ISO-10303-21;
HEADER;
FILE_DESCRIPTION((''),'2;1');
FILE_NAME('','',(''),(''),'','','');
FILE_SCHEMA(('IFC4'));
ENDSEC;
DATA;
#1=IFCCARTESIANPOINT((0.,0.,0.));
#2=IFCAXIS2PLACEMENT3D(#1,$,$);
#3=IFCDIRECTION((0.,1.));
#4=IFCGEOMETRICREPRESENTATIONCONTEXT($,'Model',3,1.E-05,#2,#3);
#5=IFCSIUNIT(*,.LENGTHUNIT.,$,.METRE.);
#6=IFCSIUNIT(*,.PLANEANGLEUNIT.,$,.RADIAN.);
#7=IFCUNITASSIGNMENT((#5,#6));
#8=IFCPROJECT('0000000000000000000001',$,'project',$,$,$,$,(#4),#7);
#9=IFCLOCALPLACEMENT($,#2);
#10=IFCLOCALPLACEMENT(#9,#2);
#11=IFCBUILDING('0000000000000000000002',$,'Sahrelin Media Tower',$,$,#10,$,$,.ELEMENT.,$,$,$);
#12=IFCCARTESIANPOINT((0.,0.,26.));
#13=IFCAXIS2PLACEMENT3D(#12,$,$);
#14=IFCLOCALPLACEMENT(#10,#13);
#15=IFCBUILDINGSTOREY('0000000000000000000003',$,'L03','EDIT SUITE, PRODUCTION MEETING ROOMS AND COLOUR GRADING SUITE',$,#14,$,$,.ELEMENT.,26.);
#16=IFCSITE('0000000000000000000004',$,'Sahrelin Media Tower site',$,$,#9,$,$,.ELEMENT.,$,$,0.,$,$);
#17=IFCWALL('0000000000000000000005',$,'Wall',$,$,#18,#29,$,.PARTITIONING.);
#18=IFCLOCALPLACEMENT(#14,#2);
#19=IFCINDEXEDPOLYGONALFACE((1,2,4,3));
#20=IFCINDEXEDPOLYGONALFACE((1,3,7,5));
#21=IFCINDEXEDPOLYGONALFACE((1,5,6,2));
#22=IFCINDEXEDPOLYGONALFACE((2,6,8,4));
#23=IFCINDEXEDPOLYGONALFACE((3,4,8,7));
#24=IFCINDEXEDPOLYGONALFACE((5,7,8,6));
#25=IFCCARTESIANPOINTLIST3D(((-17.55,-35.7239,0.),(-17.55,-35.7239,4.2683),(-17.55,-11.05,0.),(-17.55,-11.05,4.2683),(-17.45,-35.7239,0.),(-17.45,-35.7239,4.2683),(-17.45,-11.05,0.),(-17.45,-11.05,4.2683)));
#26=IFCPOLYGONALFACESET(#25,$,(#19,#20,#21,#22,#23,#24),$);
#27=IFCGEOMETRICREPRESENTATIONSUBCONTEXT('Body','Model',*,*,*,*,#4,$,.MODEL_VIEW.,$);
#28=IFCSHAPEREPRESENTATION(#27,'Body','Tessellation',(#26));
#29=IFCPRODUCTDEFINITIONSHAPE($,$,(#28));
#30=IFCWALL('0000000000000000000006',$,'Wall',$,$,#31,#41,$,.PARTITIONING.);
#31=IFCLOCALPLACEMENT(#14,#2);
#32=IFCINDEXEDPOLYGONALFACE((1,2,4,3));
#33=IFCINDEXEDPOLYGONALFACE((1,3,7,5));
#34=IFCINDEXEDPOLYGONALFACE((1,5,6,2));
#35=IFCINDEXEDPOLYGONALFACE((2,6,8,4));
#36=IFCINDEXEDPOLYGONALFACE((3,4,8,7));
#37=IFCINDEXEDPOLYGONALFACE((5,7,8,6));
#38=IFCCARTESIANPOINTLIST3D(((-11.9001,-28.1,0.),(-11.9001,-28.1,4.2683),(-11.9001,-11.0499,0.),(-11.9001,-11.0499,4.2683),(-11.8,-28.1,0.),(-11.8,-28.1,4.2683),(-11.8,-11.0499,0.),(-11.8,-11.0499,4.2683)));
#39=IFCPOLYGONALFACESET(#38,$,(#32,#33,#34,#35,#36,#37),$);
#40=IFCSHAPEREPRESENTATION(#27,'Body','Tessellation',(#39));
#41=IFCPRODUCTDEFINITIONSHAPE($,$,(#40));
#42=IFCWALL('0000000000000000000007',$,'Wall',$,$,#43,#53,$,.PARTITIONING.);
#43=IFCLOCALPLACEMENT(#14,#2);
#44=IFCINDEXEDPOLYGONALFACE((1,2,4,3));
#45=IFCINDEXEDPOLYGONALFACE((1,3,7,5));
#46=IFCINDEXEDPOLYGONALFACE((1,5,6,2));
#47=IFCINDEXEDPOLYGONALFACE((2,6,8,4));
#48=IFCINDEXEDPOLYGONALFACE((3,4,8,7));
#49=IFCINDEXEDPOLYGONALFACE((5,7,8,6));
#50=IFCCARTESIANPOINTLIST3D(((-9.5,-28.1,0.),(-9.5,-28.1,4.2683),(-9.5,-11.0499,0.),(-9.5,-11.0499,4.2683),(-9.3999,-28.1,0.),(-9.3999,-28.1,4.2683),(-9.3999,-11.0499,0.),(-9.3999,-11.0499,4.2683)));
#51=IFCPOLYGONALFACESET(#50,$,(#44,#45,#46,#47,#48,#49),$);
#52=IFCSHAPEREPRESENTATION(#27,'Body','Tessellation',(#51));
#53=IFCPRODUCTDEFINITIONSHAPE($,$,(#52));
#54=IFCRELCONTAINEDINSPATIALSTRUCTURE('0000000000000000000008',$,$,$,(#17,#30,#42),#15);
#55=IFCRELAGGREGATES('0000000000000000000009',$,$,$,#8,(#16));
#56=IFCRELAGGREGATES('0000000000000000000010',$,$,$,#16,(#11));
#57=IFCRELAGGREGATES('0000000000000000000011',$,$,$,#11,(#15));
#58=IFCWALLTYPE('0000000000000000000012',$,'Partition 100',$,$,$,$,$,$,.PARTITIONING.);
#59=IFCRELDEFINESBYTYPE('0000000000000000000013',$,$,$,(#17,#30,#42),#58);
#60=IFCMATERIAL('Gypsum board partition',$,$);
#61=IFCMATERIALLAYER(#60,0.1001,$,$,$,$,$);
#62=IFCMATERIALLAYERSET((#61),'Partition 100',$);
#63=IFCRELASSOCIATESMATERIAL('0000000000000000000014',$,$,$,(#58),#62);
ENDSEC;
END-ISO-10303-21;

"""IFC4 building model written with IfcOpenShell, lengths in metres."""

from ifc_helpers import new_model, si_unit, direction, frame, frame_2d, origin, place, context, subcontext, project, spatial, rectangle, extrude, material, layer, layer_set, type_object, element, save


model = new_model("IFC4")

# Units and contexts
model_context = context("Model", 3, precision=1e-05, world=origin(), true_north=direction((0.0, 1.0)))
body_context = subcontext(model_context, "Body", "Model", "MODEL_VIEW")
ifc_project = project(units=[si_unit("LENGTHUNIT", "METRE"), si_unit("PLANEANGLEUNIT", "RADIAN")], contexts=[model_context])

# Site, building, storey
site_placement = place(None, origin())
site = spatial("IfcSite", under=ifc_project, at=site_placement, Name="Sahrelin Media Tower site", CompositionType="ELEMENT", RefElevation=0.0)
building_placement = place(site_placement, origin())
building = spatial("IfcBuilding", under=site, at=building_placement, Name="Sahrelin Media Tower", CompositionType="ELEMENT")
storey_placement = place(building_placement, frame((0.0, 0.0, 26.0)))
storey = spatial("IfcBuildingStorey", under=building, at=storey_placement, Name="L03", Description="EDIT SUITE, PRODUCTION MEETING ROOMS AND COLOUR GRADING SUITE", CompositionType="ELEMENT", Elevation=26.0)

# Walls
ifc_material_1 = material(Name="Gypsum board partition")
ifc_layer = layer(ifc_material_1, 0.1001)
ifc_layer_set = layer_set([ifc_layer], Name="Partition 100")
wall_type = type_object("IfcWallType", Name="Partition 100", PredefinedType="PARTITIONING", material=ifc_layer_set)
wall_placement = place(storey_placement, frame((-17.5, -11.05, 0.0), z_axis=(0.0, 0.0, 1.0), x_axis=(0.0, -1.0, 0.0)))
element("IfcWall", 1, at=wall_placement, inside=storey, type_object=wall_type, Name="Wall", PredefinedType="PARTITIONING", context=body_context, shape_type="SweptSolid", body=[
    extrude(rectangle(XDim=24.6738, YDim=0.1001, at=frame_2d((12.3369, 0.0))), origin(), (0.0, 0.0, 1.0), 4.2683),
])
for number, where, z_axis, x_axis, name in (
    (2, (-11.8501, -11.05, 0.0), (0.0, 0.0, 1.0), (0.0, -1.0, 0.0), "Wall"),
    (3, (-9.45, -11.05, 0.0), (0.0, 0.0, 1.0), (0.0, -1.0, 0.0), "Wall"),
):
    element("IfcWall", number, at=place(storey_placement, frame(where, z_axis=z_axis, x_axis=x_axis)), inside=storey, type_object=wall_type, Name=name, PredefinedType="PARTITIONING", context=body_context, shape_type="SweptSolid", body=[
        extrude(rectangle(XDim=17.05, YDim=0.1001, at=frame_2d((8.5249, 0.0))), origin(), (0.0, 0.0, 1.0), 4.2683),
    ])

save(model, "model.ifc")
